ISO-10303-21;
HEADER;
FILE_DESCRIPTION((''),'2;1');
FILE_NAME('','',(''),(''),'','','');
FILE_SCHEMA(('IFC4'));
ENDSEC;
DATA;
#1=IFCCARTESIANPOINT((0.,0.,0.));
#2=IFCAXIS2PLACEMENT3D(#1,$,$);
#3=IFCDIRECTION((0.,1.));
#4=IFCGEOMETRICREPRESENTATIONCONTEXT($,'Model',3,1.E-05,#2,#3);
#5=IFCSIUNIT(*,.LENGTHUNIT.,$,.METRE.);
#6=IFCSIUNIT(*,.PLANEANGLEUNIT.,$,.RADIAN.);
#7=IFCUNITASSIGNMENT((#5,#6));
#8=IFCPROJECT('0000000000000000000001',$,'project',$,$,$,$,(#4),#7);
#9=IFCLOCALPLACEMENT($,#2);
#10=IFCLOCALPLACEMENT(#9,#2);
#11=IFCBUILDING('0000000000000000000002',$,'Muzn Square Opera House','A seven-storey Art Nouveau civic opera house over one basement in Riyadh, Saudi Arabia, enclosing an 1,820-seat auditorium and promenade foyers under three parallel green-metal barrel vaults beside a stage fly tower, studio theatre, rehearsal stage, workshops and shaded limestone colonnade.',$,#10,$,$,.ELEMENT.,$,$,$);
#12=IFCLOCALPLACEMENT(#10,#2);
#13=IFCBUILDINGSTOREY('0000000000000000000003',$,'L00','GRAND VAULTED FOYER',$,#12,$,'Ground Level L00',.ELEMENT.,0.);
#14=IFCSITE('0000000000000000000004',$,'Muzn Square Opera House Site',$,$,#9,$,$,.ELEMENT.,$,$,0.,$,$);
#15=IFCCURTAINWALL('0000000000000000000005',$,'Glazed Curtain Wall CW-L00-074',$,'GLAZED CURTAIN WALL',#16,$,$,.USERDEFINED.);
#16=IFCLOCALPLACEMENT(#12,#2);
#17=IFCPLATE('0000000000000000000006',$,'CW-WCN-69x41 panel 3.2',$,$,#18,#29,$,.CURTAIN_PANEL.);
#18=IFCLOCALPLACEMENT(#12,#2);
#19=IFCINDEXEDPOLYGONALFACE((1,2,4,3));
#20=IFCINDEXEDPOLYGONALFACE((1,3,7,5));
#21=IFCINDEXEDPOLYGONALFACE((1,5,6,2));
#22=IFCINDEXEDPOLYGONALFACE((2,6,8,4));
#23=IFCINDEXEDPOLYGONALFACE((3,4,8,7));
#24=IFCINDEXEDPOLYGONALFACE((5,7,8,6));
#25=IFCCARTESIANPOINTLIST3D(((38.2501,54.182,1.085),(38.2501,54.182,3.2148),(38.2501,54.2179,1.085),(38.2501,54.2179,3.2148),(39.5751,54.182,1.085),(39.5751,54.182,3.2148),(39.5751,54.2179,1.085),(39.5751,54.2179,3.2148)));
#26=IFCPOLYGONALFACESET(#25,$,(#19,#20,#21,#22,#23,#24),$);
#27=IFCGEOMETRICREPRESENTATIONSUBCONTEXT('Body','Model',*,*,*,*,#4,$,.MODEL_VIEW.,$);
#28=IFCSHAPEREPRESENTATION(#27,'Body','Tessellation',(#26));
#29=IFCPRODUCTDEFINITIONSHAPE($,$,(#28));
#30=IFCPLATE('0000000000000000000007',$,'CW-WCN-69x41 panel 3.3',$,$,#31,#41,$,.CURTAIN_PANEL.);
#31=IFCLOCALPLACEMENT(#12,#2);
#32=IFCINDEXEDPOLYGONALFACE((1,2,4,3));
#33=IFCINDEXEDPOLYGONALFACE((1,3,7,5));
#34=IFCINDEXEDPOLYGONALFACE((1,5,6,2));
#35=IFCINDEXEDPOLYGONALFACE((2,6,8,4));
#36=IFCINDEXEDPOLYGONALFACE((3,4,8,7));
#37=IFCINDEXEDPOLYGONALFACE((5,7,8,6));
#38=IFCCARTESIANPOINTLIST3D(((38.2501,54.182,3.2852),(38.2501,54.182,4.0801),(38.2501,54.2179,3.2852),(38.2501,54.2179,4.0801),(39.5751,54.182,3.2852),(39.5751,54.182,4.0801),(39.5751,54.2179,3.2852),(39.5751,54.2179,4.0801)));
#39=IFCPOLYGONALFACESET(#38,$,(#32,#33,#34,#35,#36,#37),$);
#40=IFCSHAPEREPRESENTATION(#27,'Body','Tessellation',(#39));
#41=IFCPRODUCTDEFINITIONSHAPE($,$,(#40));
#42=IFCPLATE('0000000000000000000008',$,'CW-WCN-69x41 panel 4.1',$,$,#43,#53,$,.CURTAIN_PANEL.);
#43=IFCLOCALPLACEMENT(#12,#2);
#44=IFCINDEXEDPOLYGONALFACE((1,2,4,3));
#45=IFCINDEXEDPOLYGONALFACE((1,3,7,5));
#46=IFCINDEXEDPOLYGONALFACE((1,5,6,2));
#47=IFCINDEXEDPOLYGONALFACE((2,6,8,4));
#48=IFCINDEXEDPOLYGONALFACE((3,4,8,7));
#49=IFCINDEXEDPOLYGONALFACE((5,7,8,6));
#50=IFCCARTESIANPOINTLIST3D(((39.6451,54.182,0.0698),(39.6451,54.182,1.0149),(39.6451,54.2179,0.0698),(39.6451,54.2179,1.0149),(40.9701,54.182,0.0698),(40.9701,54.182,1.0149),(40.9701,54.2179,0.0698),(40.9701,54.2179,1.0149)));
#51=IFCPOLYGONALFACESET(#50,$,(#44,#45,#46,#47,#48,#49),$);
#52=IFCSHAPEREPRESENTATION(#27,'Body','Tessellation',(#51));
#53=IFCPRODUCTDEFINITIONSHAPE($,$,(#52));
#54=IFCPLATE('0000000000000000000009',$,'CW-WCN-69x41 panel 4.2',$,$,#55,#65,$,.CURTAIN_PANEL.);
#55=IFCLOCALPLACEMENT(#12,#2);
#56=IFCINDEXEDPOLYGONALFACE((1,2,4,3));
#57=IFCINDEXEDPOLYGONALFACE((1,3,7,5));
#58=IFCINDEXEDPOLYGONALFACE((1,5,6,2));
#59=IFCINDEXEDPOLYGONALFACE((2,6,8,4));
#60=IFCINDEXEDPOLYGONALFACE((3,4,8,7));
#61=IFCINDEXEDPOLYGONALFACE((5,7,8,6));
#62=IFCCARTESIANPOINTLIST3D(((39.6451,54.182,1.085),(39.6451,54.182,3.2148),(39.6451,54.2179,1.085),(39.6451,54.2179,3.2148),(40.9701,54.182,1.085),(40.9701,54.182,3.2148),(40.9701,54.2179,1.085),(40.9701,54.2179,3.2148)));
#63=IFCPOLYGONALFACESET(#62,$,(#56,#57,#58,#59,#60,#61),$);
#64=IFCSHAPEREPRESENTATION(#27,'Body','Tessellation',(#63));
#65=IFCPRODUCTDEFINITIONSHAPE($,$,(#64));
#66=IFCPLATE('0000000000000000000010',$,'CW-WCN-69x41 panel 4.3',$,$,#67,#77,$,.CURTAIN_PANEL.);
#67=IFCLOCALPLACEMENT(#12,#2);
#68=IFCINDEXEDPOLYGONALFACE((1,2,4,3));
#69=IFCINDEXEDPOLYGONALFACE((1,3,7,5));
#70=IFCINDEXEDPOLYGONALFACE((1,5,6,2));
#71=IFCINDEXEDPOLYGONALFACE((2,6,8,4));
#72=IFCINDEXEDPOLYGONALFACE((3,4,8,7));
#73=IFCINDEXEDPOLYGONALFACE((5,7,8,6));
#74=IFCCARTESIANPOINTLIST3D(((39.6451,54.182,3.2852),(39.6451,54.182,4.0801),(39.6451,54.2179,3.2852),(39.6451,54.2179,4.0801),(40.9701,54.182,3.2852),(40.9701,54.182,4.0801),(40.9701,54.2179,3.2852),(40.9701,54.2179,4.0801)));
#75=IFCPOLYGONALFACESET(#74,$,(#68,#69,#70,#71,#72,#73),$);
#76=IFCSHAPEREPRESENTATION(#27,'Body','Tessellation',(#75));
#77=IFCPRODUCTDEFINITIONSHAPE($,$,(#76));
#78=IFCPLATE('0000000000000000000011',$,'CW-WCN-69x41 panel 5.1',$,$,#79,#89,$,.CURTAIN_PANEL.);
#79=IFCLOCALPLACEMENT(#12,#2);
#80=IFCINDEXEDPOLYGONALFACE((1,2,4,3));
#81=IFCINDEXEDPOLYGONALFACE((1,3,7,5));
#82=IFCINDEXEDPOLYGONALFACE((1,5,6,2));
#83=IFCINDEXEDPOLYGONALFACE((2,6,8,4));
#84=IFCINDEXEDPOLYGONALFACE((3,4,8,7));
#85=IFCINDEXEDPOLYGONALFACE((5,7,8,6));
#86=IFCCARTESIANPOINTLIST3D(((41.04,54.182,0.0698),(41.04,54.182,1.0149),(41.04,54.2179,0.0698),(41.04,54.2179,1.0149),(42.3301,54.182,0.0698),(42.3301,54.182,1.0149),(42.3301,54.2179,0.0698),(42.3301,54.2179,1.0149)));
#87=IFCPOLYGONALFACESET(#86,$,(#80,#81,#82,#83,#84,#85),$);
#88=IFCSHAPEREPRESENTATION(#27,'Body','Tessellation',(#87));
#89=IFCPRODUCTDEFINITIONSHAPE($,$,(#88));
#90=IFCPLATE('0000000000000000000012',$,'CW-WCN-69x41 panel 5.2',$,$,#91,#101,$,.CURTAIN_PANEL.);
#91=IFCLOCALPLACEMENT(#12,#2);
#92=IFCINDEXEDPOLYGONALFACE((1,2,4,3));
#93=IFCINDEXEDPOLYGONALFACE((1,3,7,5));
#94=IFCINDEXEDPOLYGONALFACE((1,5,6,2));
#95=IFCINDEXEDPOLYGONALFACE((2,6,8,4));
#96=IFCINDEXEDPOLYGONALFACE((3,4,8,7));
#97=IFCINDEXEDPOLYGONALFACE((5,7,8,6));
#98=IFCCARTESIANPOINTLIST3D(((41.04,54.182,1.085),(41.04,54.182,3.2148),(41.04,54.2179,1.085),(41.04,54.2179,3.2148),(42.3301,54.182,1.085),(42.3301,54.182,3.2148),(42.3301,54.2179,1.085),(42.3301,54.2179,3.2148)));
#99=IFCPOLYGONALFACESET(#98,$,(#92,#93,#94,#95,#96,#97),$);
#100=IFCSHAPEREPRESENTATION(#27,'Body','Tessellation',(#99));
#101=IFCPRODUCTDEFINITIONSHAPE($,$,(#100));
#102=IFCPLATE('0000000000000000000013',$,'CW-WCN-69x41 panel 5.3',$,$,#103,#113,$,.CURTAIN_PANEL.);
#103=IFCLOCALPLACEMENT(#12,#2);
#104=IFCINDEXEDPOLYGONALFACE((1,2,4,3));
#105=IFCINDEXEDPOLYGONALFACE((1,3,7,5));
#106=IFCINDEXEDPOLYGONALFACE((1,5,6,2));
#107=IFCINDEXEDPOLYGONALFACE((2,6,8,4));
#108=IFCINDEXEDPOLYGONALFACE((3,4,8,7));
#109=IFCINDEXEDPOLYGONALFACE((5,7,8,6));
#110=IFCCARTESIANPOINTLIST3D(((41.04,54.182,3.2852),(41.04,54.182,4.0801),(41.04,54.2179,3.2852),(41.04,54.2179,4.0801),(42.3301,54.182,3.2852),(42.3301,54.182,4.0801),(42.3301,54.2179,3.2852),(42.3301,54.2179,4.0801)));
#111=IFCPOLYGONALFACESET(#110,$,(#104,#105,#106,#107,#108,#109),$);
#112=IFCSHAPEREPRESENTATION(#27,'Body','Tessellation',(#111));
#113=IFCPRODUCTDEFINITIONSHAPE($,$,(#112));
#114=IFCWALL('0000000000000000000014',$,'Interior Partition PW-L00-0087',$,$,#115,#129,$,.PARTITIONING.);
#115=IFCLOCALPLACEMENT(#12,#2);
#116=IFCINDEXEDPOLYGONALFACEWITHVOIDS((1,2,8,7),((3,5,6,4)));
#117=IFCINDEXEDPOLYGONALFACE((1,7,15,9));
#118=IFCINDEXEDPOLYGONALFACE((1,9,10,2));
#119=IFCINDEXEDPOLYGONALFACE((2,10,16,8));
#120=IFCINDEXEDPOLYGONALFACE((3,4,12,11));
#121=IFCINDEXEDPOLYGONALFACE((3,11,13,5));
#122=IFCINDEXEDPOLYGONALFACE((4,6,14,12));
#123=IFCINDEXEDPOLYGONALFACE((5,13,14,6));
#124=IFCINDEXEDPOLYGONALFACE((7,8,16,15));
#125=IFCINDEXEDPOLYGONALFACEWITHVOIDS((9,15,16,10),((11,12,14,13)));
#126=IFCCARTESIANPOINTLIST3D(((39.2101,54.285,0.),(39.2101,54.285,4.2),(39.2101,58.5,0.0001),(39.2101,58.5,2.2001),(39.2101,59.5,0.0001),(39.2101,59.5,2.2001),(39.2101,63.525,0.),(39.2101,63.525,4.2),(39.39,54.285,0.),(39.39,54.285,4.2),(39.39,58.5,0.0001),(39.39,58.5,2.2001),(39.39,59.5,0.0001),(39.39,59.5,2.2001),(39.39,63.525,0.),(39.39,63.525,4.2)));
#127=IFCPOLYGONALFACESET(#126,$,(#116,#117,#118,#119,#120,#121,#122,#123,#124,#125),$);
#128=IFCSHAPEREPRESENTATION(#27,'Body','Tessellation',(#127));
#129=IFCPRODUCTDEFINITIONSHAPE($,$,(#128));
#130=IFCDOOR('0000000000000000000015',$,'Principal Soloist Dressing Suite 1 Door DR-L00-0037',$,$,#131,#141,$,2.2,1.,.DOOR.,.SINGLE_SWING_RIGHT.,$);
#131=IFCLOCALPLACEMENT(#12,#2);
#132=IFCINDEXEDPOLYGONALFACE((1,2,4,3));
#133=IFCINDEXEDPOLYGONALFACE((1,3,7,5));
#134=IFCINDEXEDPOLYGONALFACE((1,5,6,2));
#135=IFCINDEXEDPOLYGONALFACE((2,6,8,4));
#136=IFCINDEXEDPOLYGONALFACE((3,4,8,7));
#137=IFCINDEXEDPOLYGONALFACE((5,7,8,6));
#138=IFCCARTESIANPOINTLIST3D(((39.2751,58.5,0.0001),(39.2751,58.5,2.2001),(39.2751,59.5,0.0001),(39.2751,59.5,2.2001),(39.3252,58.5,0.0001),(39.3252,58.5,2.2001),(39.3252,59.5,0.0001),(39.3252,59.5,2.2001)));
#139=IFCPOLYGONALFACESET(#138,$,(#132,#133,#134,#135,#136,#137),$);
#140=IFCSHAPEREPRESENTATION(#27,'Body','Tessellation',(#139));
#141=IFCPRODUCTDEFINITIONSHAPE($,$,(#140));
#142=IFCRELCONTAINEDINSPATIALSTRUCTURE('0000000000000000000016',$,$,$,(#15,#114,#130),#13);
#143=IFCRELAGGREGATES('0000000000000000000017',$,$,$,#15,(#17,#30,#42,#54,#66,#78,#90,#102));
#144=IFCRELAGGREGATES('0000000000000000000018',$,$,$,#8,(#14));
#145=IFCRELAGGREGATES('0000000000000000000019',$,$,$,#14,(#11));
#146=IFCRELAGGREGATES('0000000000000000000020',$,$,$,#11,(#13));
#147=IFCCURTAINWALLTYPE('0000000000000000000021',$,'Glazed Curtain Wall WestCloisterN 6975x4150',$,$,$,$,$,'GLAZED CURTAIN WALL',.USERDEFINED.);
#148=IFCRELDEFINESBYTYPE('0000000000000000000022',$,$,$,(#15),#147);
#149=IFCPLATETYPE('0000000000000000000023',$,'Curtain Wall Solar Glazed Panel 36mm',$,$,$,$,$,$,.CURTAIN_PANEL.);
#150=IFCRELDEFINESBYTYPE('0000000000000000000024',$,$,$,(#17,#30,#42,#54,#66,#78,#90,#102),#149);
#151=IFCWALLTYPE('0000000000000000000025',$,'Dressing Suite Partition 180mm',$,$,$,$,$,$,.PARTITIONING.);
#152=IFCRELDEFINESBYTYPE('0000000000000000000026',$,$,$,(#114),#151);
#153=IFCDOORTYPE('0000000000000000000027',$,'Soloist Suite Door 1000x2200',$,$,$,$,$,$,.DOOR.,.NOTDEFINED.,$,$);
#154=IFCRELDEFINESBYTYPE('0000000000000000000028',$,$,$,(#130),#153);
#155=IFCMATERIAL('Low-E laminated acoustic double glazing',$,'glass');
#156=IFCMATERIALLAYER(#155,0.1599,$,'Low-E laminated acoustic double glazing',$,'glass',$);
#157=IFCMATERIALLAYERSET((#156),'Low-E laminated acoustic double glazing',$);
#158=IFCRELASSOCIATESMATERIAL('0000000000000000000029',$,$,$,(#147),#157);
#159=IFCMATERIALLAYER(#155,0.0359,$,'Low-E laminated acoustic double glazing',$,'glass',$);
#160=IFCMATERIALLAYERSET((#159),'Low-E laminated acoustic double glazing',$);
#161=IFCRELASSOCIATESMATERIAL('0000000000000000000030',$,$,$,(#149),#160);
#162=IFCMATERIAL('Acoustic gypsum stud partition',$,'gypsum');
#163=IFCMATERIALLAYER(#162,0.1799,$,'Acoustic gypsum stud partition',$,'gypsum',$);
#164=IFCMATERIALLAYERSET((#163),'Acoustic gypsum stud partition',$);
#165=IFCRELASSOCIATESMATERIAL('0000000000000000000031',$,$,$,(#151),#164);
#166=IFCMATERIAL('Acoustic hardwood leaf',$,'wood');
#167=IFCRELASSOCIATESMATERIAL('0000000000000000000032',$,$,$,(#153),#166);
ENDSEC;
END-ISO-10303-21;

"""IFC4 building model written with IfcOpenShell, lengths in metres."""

from ifc_helpers import new_model, si_unit, direction, frame, frame_2d, origin, origin_2d, place, context, subcontext, project, spatial, rectangle, extrude, material, layer, layer_set, type_object, element, fill, aggregate, save


model = new_model("IFC4")

# Units and contexts
model_context = context("Model", 3, precision=1e-05, world=origin(), true_north=direction((0.0, 1.0)))
body_context = subcontext(model_context, "Body", "Model", "MODEL_VIEW")
ifc_project = project(units=[si_unit("LENGTHUNIT", "METRE"), si_unit("PLANEANGLEUNIT", "RADIAN")], contexts=[model_context])

# Site, building, storey
site_placement = place(None, origin())
site = spatial("IfcSite", under=ifc_project, at=site_placement, Name="Muzn Square Opera House Site", CompositionType="ELEMENT", RefElevation=0.0)
building_placement = place(site_placement, origin())
building = spatial("IfcBuilding", under=site, at=building_placement, Name="Muzn Square Opera House", Description="A seven-storey Art Nouveau civic opera house over one basement in Riyadh, Saudi Arabia, enclosing an 1,820-seat auditorium and promenade foyers under three parallel green-metal barrel vaults beside a stage fly tower, studio theatre, rehearsal stage, workshops and shaded limestone colonnade.", CompositionType="ELEMENT")
storey_placement = place(building_placement, origin())
storey = spatial("IfcBuildingStorey", under=building, at=storey_placement, Name="L00", Description="GRAND VAULTED FOYER", LongName="Ground Level L00", CompositionType="ELEMENT", Elevation=0.0)

# Curtain wall, plates
ifc_material_1 = material(Name="Low-E laminated acoustic double glazing", Category="glass")
ifc_layer_1 = layer(ifc_material_1, 0.1599, Name="Low-E laminated acoustic double glazing", Category="glass")
ifc_layer_set_1 = layer_set([ifc_layer_1], Name="Low-E laminated acoustic double glazing")
curtain_wall_type = type_object("IfcCurtainWallType", Name="Glazed Curtain Wall WestCloisterN 6975x4150", ElementType="GLAZED CURTAIN WALL", PredefinedType="USERDEFINED", material=ifc_layer_set_1)
curtain_wall_placement = place(storey_placement, origin())
curtain_wall = element("IfcCurtainWall", 1, at=curtain_wall_placement, inside=storey, type_object=curtain_wall_type, Name="Glazed Curtain Wall CW-L00-074", ObjectType="GLAZED CURTAIN WALL", PredefinedType="USERDEFINED")
ifc_layer_2 = layer(ifc_material_1, 0.0359, Name="Low-E laminated acoustic double glazing", Category="glass")
ifc_layer_set_2 = layer_set([ifc_layer_2], Name="Low-E laminated acoustic double glazing")
plate_type = type_object("IfcPlateType", Name="Curtain Wall Solar Glazed Panel 36mm", PredefinedType="CURTAIN_PANEL", material=ifc_layer_set_2)
plate_1_placement = place(storey_placement, frame((38.9126, 54.2, 1.085), z_axis=(0.0, 0.0, 1.0), x_axis=(1.0, 0.0, 0.0)))
plate_1 = element("IfcPlate", 2, at=plate_1_placement, type_object=plate_type, Name="CW-WCN-69x41 panel 3.2", PredefinedType="CURTAIN_PANEL", context=body_context, shape_type="SweptSolid", body=[
    extrude(rectangle(XDim=1.325, YDim=0.0359, at=origin_2d()), origin(), (0.0, 0.0, 1.0), 2.1299),
])
plate_2_placement = place(storey_placement, frame((38.9126, 54.2, 3.2852), z_axis=(0.0, 0.0, 1.0), x_axis=(1.0, 0.0, 0.0)))
plate_2 = element("IfcPlate", 3, at=plate_2_placement, type_object=plate_type, Name="CW-WCN-69x41 panel 3.3", PredefinedType="CURTAIN_PANEL", context=body_context, shape_type="SweptSolid", body=[
    extrude(rectangle(XDim=1.325, YDim=0.0359, at=origin_2d()), origin(), (0.0, 0.0, 1.0), 0.7949),
])
plate_3_placement = place(storey_placement, frame((40.3076, 54.2, 0.0698), z_axis=(0.0, 0.0, 1.0), x_axis=(1.0, 0.0, 0.0)))
plate_3 = element("IfcPlate", 4, at=plate_3_placement, type_object=plate_type, Name="CW-WCN-69x41 panel 4.1", PredefinedType="CURTAIN_PANEL", context=body_context, shape_type="SweptSolid", body=[
    extrude(rectangle(XDim=1.325, YDim=0.0359, at=origin_2d()), origin(), (0.0, 0.0, 1.0), 0.9451),
])
plate_4_placement = place(storey_placement, frame((40.3076, 54.2, 1.085), z_axis=(0.0, 0.0, 1.0), x_axis=(1.0, 0.0, 0.0)))
plate_4 = element("IfcPlate", 5, at=plate_4_placement, type_object=plate_type, Name="CW-WCN-69x41 panel 4.2", PredefinedType="CURTAIN_PANEL", context=body_context, shape_type="SweptSolid", body=[
    extrude(rectangle(XDim=1.325, YDim=0.0359, at=origin_2d()), origin(), (0.0, 0.0, 1.0), 2.1299),
])
plate_5_placement = place(storey_placement, frame((40.3076, 54.2, 3.2852), z_axis=(0.0, 0.0, 1.0), x_axis=(1.0, 0.0, 0.0)))
plate_5 = element("IfcPlate", 6, at=plate_5_placement, type_object=plate_type, Name="CW-WCN-69x41 panel 4.3", PredefinedType="CURTAIN_PANEL", context=body_context, shape_type="SweptSolid", body=[
    extrude(rectangle(XDim=1.325, YDim=0.0359, at=origin_2d()), origin(), (0.0, 0.0, 1.0), 0.7949),
])
plate_6_placement = place(storey_placement, frame((41.6851, 54.2, 0.0698), z_axis=(0.0, 0.0, 1.0), x_axis=(1.0, 0.0, 0.0)))
plate_6 = element("IfcPlate", 7, at=plate_6_placement, type_object=plate_type, Name="CW-WCN-69x41 panel 5.1", PredefinedType="CURTAIN_PANEL", context=body_context, shape_type="SweptSolid", body=[
    extrude(rectangle(XDim=1.29, YDim=0.0359, at=origin_2d()), origin(), (0.0, 0.0, 1.0), 0.9451),
])
plate_7_placement = place(storey_placement, frame((41.6851, 54.2, 1.085), z_axis=(0.0, 0.0, 1.0), x_axis=(1.0, 0.0, 0.0)))
plate_7 = element("IfcPlate", 8, at=plate_7_placement, type_object=plate_type, Name="CW-WCN-69x41 panel 5.2", PredefinedType="CURTAIN_PANEL", context=body_context, shape_type="SweptSolid", body=[
    extrude(rectangle(XDim=1.29, YDim=0.0359, at=origin_2d()), origin(), (0.0, 0.0, 1.0), 2.1299),
])
plate_8_placement = place(storey_placement, frame((41.6851, 54.2, 3.2852), z_axis=(0.0, 0.0, 1.0), x_axis=(1.0, 0.0, 0.0)))
plate_8 = element("IfcPlate", 9, at=plate_8_placement, type_object=plate_type, Name="CW-WCN-69x41 panel 5.3", PredefinedType="CURTAIN_PANEL", context=body_context, shape_type="SweptSolid", body=[
    extrude(rectangle(XDim=1.29, YDim=0.0359, at=origin_2d()), origin(), (0.0, 0.0, 1.0), 0.7949),
])
aggregate(curtain_wall, [plate_1, plate_2, plate_3, plate_4, plate_5, plate_6, plate_7, plate_8])

# Wall, opening, door
ifc_material_2 = material(Name="Acoustic gypsum stud partition", Category="gypsum")
ifc_layer_3 = layer(ifc_material_2, 0.1799, Name="Acoustic gypsum stud partition", Category="gypsum")
ifc_layer_set_3 = layer_set([ifc_layer_3], Name="Acoustic gypsum stud partition")
wall_type = type_object("IfcWallType", Name="Dressing Suite Partition 180mm", PredefinedType="PARTITIONING", material=ifc_layer_set_3)
wall_placement = place(storey_placement, frame((39.3, 54.2849, 0.0), z_axis=(0.0, 0.0, 1.0), x_axis=(0.0, 1.0, 0.0)))
wall = element("IfcWall", 10, at=wall_placement, inside=storey, type_object=wall_type, Name="Interior Partition PW-L00-0087", PredefinedType="PARTITIONING", context=body_context, shape_type="SweptSolid", body=[
    extrude(rectangle(XDim=9.24, YDim=0.1799, at=frame_2d((4.6201, 0.0))), origin(), (0.0, 0.0, 1.0), 4.2),
])
opening_placement = place(wall_placement, frame((4.2151, 0.0, 0.0)))
opening = element("IfcOpeningElement", 11, at=opening_placement, cuts=wall, PredefinedType="OPENING", context=body_context, shape_type="SweptSolid", body=[
    extrude(rectangle(XDim=1.0, YDim=2.2, at=frame_2d((0.5, 1.1001))), frame((0.0, 0.0999, 0.0), z_axis=(0.0, -1.0, 0.0), x_axis=(1.0, 0.0, 0.0)), (0.0, 0.0, 1.0), 0.2),
])
ifc_material_3 = material(Name="Acoustic hardwood leaf", Category="wood")
door_type = type_object("IfcDoorType", Name="Soloist Suite Door 1000x2200", OperationType="NOTDEFINED", PredefinedType="DOOR", material=ifc_material_3)
door_placement = place(opening_placement, origin())
door = element("IfcDoor", 12, at=door_placement, inside=storey, type_object=door_type, Name="Principal Soloist Dressing Suite 1 Door DR-L00-0037", OperationType="SINGLE_SWING_RIGHT", OverallHeight=2.2, OverallWidth=1.0, PredefinedType="DOOR", context=body_context, shape_type="SweptSolid", body=[
    extrude(rectangle(XDim=1.0, YDim=2.2, at=frame_2d((0.5, 1.1001))), frame((0.0, 0.0249, 0.0), z_axis=(0.0, -1.0, 0.0), x_axis=(1.0, 0.0, 0.0)), (0.0, 0.0, 1.0), 0.05),
])
fill(opening, door)

save(model, "model.ifc")
